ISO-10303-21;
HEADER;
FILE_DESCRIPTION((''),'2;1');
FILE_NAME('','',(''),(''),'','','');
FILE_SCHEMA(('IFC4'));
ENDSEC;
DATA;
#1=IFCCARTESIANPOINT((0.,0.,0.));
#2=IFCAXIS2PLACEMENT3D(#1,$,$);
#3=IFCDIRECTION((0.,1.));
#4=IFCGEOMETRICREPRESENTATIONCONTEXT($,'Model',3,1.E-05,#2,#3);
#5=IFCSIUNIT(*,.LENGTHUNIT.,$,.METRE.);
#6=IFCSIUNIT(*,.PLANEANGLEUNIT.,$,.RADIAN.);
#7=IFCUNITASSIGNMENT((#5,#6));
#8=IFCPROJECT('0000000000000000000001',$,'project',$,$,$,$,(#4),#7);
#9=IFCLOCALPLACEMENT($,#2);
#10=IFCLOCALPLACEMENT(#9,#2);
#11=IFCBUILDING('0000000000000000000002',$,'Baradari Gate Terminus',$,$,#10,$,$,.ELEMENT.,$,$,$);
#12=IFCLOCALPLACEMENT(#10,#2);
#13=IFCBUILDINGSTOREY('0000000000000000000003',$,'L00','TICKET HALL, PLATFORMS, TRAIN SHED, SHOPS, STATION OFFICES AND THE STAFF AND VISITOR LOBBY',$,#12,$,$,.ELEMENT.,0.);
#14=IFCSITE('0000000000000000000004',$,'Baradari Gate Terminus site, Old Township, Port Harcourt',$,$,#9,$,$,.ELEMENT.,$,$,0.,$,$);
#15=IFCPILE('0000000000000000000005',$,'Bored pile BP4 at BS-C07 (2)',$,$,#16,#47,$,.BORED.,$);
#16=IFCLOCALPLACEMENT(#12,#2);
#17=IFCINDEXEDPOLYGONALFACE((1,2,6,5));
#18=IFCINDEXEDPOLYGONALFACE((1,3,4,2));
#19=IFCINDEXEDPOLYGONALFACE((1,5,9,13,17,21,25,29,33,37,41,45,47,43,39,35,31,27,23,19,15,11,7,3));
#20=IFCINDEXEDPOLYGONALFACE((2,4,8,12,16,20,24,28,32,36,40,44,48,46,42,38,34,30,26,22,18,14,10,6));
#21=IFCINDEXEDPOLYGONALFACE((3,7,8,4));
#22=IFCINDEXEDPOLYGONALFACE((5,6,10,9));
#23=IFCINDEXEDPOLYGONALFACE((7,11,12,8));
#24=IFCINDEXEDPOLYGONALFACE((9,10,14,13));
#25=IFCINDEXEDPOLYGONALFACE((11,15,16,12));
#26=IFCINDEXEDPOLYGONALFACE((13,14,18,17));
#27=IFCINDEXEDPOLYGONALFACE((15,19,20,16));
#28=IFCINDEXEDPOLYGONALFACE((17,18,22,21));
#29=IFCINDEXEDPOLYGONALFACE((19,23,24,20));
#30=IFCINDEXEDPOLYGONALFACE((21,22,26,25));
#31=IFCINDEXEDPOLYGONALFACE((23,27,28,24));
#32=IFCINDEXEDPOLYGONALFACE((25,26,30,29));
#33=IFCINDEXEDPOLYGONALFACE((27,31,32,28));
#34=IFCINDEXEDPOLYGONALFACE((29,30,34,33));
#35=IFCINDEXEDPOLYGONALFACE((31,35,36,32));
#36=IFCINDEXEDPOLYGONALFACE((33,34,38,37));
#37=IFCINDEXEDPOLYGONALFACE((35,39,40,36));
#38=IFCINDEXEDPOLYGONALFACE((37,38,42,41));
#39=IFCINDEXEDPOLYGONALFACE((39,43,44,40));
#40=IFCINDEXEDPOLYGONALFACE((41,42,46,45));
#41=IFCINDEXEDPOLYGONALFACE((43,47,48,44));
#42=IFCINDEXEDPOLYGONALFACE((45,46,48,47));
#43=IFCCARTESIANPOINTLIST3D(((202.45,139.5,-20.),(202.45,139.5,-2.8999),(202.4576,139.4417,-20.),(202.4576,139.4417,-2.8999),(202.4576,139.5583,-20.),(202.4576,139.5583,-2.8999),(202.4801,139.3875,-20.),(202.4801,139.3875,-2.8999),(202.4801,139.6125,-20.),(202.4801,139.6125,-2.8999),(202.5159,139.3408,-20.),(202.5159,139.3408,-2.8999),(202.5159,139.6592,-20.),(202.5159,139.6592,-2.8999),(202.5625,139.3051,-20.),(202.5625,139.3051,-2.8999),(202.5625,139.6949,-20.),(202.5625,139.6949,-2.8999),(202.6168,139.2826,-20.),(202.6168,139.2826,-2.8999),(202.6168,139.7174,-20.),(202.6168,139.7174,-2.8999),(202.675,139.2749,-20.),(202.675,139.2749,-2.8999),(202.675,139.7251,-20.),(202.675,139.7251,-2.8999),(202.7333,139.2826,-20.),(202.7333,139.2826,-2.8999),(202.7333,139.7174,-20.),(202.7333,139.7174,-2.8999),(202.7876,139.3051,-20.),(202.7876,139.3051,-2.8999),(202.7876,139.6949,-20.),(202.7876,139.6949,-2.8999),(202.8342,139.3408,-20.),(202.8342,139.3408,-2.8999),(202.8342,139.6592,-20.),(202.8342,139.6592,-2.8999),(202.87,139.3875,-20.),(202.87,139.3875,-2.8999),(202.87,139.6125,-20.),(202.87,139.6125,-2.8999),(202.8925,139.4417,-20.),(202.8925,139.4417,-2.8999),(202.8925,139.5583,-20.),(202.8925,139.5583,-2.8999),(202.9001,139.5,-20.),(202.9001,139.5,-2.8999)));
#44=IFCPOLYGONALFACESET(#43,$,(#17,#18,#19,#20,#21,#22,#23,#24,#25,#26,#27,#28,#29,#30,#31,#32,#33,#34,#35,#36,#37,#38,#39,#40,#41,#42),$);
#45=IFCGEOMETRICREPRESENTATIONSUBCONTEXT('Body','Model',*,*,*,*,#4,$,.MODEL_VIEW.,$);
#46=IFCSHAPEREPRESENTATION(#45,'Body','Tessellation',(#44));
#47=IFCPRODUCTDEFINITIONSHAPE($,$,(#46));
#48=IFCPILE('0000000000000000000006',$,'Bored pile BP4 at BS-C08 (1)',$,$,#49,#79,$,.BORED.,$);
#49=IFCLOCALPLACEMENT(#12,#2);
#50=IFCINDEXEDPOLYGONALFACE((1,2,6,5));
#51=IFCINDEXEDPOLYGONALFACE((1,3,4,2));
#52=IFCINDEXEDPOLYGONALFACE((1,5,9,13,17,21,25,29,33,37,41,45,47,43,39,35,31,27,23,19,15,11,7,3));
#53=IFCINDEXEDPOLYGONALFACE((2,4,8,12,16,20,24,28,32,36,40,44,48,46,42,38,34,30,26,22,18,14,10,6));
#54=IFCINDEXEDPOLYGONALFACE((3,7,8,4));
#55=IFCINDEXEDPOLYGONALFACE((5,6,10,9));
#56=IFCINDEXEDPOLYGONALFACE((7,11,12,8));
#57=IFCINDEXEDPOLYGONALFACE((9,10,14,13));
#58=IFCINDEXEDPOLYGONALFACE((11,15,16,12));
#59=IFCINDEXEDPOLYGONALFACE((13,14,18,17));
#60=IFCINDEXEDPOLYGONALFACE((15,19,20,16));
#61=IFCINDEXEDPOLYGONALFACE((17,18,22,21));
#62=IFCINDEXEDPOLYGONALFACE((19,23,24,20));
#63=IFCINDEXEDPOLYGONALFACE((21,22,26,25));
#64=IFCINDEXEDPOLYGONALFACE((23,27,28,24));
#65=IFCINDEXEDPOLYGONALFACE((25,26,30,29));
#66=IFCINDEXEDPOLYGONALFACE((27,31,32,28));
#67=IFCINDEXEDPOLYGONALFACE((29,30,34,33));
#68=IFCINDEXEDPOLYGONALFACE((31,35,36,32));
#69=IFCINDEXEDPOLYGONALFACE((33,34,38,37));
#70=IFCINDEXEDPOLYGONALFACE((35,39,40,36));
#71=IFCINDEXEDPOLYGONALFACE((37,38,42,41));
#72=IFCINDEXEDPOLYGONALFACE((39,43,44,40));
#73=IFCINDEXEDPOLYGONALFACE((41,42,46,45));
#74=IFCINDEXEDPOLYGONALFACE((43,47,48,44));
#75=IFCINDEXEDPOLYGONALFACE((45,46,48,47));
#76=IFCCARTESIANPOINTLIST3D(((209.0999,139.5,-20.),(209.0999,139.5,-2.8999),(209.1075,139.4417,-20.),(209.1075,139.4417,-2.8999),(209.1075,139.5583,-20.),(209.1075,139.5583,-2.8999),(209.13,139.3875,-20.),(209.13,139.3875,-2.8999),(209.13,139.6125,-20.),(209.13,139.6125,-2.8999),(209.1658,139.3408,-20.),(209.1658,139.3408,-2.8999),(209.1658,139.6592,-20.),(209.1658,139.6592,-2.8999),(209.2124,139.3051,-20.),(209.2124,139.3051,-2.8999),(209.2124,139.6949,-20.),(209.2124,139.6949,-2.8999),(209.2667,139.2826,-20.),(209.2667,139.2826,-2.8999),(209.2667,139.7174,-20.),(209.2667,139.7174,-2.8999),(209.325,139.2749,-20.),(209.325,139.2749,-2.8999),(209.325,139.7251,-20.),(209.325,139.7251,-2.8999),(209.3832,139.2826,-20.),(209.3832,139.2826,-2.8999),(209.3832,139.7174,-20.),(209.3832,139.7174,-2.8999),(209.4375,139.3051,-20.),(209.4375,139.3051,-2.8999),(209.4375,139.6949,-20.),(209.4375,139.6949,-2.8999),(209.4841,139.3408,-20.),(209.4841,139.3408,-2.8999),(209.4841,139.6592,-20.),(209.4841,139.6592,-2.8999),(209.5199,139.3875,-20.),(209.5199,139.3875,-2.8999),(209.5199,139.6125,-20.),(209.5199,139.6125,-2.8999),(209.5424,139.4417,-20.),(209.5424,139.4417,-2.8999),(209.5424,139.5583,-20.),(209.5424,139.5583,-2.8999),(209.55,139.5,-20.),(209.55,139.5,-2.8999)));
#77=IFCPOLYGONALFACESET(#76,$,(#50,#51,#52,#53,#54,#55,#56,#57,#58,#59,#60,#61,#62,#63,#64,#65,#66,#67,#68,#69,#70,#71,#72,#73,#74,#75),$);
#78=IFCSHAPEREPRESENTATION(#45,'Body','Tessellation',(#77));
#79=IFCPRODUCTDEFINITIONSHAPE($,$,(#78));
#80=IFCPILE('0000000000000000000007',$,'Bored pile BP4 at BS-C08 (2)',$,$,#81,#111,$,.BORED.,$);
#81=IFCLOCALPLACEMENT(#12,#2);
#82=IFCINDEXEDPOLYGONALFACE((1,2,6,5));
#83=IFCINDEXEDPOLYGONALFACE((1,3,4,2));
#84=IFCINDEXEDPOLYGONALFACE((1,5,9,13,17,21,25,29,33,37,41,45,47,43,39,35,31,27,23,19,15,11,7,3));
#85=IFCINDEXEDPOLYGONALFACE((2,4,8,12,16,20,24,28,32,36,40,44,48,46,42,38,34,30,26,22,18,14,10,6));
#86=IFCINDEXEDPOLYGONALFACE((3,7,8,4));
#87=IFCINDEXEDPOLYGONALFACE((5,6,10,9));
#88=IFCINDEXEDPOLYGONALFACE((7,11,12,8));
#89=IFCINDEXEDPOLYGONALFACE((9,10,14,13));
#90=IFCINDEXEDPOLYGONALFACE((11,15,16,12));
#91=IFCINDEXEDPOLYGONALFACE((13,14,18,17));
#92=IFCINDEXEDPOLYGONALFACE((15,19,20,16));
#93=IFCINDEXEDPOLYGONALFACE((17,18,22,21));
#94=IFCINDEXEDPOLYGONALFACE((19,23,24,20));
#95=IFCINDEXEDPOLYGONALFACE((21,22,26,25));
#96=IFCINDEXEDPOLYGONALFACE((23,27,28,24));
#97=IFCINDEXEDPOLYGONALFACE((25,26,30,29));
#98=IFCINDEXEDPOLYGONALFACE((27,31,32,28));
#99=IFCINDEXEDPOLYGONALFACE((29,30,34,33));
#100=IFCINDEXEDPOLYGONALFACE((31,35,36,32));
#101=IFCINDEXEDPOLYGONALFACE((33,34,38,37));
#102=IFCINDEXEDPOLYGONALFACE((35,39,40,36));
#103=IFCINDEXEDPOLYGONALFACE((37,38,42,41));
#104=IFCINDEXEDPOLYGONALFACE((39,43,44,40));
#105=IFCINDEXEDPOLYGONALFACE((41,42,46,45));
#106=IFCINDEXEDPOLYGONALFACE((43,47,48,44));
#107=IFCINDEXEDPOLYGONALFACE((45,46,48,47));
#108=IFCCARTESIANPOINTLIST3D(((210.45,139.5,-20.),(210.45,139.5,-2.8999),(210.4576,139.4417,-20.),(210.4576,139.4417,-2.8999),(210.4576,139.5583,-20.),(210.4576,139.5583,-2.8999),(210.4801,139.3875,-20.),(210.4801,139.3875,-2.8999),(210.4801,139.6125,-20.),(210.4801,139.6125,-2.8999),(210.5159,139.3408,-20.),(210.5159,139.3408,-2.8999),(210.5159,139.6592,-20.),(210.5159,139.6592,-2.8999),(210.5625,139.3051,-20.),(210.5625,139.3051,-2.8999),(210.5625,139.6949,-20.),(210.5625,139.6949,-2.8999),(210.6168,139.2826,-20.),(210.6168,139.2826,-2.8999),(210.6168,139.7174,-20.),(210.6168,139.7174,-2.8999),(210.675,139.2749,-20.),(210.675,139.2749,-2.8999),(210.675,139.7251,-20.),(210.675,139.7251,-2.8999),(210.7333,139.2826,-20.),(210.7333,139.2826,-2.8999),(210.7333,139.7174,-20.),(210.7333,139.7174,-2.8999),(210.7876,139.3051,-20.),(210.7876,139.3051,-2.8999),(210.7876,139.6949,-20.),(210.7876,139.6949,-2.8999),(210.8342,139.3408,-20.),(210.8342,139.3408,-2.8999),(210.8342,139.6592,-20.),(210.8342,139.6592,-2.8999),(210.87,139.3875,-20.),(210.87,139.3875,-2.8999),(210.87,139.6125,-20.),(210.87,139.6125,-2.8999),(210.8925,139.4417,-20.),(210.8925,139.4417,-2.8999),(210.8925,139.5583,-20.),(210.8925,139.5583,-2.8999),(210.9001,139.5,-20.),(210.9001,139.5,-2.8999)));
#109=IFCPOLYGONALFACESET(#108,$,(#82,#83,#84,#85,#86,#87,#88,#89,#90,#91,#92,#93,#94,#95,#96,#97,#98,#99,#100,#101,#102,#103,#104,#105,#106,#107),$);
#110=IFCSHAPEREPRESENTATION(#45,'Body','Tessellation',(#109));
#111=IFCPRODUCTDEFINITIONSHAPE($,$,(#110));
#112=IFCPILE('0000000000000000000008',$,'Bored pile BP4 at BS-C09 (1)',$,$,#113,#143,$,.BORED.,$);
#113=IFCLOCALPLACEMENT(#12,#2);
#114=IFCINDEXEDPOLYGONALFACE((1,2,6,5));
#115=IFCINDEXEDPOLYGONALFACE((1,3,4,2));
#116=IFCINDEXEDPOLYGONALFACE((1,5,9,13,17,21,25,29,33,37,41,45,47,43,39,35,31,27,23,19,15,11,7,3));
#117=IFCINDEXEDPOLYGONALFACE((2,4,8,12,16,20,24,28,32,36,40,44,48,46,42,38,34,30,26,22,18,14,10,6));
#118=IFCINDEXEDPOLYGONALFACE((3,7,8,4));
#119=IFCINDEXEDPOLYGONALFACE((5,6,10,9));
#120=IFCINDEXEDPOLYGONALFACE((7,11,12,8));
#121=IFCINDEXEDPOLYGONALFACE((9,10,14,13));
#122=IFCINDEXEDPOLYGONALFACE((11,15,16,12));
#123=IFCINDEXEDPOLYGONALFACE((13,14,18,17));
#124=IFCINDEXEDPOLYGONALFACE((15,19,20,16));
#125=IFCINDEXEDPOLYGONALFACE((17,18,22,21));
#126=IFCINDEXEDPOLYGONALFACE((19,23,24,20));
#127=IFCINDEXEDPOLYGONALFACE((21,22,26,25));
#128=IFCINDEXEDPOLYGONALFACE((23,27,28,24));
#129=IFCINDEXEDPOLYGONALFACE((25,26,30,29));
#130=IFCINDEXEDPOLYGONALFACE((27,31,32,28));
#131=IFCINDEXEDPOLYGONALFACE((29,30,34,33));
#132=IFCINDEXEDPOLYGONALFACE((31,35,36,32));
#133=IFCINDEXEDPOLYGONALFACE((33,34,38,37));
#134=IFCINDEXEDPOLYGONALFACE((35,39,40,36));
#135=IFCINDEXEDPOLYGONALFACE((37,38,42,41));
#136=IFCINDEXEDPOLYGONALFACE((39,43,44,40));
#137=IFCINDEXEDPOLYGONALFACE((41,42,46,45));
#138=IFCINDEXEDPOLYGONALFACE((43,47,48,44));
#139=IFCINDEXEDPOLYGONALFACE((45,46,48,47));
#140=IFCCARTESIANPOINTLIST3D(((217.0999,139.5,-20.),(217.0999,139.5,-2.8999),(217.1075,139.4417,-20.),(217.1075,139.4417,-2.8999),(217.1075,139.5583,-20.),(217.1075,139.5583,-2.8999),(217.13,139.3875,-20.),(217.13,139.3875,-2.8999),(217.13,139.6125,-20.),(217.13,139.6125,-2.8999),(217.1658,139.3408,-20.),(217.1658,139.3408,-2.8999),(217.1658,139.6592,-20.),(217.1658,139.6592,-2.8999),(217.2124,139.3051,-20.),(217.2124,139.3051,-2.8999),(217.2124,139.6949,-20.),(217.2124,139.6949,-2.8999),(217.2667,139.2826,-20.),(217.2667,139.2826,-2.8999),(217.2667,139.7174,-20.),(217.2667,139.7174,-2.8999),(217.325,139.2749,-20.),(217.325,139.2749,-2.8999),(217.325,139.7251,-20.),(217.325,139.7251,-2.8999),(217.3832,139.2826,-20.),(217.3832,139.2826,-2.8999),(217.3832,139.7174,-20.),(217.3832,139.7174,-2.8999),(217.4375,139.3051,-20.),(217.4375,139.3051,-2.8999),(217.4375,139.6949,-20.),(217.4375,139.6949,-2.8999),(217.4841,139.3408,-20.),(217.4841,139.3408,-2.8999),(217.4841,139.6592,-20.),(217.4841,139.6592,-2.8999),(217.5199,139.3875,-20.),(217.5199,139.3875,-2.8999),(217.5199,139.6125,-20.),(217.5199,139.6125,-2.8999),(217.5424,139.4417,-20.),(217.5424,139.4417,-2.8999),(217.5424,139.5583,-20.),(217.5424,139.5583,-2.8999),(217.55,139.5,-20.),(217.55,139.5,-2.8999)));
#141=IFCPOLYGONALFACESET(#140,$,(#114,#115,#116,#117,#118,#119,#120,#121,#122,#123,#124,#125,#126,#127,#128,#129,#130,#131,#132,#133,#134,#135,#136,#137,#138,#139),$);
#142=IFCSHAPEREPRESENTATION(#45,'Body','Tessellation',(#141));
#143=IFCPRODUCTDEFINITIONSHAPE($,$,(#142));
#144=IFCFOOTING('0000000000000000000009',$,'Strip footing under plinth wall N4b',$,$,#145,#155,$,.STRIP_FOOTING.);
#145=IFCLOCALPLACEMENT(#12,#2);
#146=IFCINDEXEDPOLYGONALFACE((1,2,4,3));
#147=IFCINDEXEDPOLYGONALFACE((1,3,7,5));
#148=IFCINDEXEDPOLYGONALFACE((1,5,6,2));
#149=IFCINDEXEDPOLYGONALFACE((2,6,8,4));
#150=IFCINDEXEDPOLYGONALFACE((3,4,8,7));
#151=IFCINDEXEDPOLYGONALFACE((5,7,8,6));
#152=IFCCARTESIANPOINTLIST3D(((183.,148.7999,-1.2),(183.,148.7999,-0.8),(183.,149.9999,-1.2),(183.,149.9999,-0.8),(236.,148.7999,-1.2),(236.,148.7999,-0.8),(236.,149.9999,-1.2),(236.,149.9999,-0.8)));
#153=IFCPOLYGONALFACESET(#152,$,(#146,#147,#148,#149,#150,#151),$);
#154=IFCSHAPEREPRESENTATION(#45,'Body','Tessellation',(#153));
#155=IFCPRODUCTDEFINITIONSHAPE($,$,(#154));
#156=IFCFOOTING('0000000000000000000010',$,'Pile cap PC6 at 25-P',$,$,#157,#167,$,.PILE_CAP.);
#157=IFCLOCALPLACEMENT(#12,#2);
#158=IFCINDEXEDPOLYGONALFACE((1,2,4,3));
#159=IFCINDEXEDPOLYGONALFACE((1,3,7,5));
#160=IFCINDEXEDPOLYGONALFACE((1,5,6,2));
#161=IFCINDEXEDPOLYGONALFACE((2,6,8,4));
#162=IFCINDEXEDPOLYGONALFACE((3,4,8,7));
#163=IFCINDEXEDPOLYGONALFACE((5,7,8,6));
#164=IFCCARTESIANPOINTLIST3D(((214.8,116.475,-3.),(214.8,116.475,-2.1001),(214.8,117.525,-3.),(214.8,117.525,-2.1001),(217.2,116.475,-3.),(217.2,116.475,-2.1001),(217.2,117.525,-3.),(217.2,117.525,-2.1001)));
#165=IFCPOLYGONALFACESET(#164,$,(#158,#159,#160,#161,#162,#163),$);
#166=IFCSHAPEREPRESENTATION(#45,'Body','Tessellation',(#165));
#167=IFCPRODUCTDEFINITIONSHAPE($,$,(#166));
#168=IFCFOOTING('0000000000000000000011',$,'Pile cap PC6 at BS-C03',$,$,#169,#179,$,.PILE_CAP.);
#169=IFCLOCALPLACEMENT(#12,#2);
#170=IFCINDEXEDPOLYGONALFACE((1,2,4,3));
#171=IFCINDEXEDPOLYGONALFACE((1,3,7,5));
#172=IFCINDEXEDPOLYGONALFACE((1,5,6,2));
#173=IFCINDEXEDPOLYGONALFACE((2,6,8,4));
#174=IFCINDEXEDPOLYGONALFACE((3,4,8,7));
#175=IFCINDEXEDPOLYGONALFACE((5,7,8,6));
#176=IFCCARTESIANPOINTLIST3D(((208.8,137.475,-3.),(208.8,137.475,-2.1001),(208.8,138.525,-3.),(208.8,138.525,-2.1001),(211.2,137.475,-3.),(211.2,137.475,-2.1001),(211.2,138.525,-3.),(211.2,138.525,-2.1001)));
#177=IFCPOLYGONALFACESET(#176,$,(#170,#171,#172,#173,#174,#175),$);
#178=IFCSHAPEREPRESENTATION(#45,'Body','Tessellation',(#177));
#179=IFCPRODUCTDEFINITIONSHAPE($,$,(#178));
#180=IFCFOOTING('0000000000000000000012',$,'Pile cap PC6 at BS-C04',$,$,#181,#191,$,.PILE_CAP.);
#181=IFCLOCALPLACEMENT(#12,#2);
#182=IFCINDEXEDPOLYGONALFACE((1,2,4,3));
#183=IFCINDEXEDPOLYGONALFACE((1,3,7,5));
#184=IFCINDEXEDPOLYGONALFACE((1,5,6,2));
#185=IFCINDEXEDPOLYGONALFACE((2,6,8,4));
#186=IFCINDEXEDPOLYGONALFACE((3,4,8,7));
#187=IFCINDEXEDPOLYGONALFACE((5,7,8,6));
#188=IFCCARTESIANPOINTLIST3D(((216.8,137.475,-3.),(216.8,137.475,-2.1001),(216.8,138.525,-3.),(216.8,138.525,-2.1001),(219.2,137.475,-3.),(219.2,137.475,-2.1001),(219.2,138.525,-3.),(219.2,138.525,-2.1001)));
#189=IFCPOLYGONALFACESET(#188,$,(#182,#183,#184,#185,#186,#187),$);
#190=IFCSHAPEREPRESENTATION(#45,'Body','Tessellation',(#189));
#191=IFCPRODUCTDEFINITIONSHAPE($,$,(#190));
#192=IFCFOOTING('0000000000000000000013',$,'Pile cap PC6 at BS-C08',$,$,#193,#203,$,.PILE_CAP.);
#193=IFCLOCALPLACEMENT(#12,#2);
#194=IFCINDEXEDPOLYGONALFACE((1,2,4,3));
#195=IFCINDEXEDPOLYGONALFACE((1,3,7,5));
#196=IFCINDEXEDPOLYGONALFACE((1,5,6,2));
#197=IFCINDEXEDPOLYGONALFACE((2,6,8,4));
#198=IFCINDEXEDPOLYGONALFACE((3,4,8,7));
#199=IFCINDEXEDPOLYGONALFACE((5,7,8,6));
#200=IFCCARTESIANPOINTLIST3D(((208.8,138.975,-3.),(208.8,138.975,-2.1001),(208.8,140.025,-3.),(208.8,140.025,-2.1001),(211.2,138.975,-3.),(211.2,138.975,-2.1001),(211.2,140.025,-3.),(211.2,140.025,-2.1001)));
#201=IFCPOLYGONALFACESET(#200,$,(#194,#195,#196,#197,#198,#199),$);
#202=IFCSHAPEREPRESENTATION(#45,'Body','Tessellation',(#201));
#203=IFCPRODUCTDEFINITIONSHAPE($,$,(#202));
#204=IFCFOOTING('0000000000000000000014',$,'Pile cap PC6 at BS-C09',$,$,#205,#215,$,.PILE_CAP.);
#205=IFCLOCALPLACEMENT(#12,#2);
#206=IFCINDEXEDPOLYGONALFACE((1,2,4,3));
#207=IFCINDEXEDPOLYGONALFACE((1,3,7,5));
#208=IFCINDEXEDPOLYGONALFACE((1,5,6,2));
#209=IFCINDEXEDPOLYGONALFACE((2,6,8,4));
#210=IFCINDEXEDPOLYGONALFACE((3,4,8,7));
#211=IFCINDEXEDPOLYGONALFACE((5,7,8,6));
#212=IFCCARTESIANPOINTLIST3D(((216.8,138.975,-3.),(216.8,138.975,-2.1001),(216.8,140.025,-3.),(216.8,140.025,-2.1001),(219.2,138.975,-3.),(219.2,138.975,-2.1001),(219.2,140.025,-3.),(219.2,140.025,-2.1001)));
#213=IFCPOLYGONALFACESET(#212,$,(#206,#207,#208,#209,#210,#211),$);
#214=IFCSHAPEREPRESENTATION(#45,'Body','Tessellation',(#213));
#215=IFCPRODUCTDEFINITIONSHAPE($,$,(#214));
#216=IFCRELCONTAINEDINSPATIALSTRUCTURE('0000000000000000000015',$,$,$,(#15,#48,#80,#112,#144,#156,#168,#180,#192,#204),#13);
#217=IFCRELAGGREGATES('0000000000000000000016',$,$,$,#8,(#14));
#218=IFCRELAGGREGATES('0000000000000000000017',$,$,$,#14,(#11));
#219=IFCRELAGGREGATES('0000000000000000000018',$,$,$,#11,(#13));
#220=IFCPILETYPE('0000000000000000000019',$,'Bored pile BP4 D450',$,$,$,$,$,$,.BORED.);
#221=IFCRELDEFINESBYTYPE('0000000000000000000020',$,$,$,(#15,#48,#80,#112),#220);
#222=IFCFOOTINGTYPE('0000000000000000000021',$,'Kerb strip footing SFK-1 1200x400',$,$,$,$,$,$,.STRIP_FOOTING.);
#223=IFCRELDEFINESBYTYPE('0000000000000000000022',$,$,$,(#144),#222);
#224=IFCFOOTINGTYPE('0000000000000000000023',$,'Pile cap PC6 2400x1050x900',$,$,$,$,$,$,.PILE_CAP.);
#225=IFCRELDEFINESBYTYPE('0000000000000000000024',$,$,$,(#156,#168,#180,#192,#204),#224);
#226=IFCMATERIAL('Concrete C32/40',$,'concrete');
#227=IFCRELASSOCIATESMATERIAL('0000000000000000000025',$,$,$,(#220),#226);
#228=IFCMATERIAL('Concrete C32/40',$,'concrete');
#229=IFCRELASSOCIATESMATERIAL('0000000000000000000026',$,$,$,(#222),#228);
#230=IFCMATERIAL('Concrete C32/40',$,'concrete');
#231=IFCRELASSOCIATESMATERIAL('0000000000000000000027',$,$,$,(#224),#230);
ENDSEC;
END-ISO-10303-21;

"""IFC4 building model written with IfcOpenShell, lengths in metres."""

from ifc_helpers import new_model, si_unit, direction, frame, origin, origin_2d, place, context, subcontext, project, spatial, rectangle, circle, extrude, material, type_object, element, save


model = new_model("IFC4")

# Units and contexts
model_context = context("Model", 3, precision=1e-05, world=origin(), true_north=direction((0.0, 1.0)))
body_context = subcontext(model_context, "Body", "Model", "MODEL_VIEW")
ifc_project = project(units=[si_unit("LENGTHUNIT", "METRE"), si_unit("PLANEANGLEUNIT", "RADIAN")], contexts=[model_context])

# Site, building, storey
site_placement = place(None, origin())
site = spatial("IfcSite", under=ifc_project, at=site_placement, Name="Baradari Gate Terminus site, Old Township, Port Harcourt", CompositionType="ELEMENT", RefElevation=0.0)
building_placement = place(site_placement, origin())
building = spatial("IfcBuilding", under=site, at=building_placement, Name="Baradari Gate Terminus", CompositionType="ELEMENT")
storey_placement = place(building_placement, origin())
storey = spatial("IfcBuildingStorey", under=building, at=storey_placement, Name="L00", Description="TICKET HALL, PLATFORMS, TRAIN SHED, SHOPS, STATION OFFICES AND THE STAFF AND VISITOR LOBBY", CompositionType="ELEMENT", Elevation=0.0)

# Piles
ifc_material_1 = material(Name="Concrete C32/40", Category="concrete")
pile_type = type_object("IfcPileType", Name="Bored pile BP4 D450", PredefinedType="BORED", material=ifc_material_1)
for number, where, z_axis, x_axis, name in (
    (1, (202.675, 139.5, -2.8999), (0.0, 0.0, -1.0), (1.0, 0.0, 0.0), "Bored pile BP4 at BS-C07 (2)"),
    (2, (209.325, 139.5, -2.8999), (0.0, 0.0, -1.0), (1.0, 0.0, 0.0), "Bored pile BP4 at BS-C08 (1)"),
    (3, (210.675, 139.5, -2.8999), (0.0, 0.0, -1.0), (1.0, 0.0, 0.0), "Bored pile BP4 at BS-C08 (2)"),
    (4, (217.325, 139.5, -2.8999), (0.0, 0.0, -1.0), (1.0, 0.0, 0.0), "Bored pile BP4 at BS-C09 (1)"),
):
    element("IfcPile", number, at=place(storey_placement, frame(where, z_axis=z_axis, x_axis=x_axis)), inside=storey, type_object=pile_type, Name=name, PredefinedType="BORED", context=body_context, shape_type="SweptSolid", body=[
        extrude(circle(Radius=0.2251, at=origin_2d()), origin(), (0.0, 0.0, 1.0), 17.1001),
    ])

# Footings
ifc_material_2 = material(Name="Concrete C32/40", Category="concrete")
footing_type_1 = type_object("IfcFootingType", Name="Kerb strip footing SFK-1 1200x400", PredefinedType="STRIP_FOOTING", material=ifc_material_2)
footing_1_placement = place(storey_placement, frame((209.5, 149.3999, -1.2), z_axis=(0.0, 0.0, 1.0), x_axis=(1.0, 0.0, 0.0)))
element("IfcFooting", 5, at=footing_1_placement, inside=storey, type_object=footing_type_1, Name="Strip footing under plinth wall N4b", PredefinedType="STRIP_FOOTING", context=body_context, shape_type="SweptSolid", body=[
    extrude(rectangle(XDim=53.0, YDim=1.2, at=origin_2d()), origin(), (0.0, 0.0, 1.0), 0.3999),
])
ifc_material_3 = material(Name="Concrete C32/40", Category="concrete")
footing_type_2 = type_object("IfcFootingType", Name="Pile cap PC6 2400x1050x900", PredefinedType="PILE_CAP", material=ifc_material_3)
for number, where, z_axis, x_axis, name in (
    (6, (216.0, 117.0, -3.0), (0.0, 0.0, 1.0), (1.0, 0.0, 0.0), "Pile cap PC6 at 25-P"),
    (7, (210.0, 138.0, -3.0), (0.0, 0.0, 1.0), (1.0, 0.0, 0.0), "Pile cap PC6 at BS-C03"),
    (8, (218.0, 138.0, -3.0), (0.0, 0.0, 1.0), (1.0, 0.0, 0.0), "Pile cap PC6 at BS-C04"),
    (9, (210.0, 139.5, -3.0), (0.0, 0.0, 1.0), (1.0, 0.0, 0.0), "Pile cap PC6 at BS-C08"),
    (10, (218.0, 139.5, -3.0), (0.0, 0.0, 1.0), (1.0, 0.0, 0.0), "Pile cap PC6 at BS-C09"),
):
    element("IfcFooting", number, at=place(storey_placement, frame(where, z_axis=z_axis, x_axis=x_axis)), inside=storey, type_object=footing_type_2, Name=name, PredefinedType="PILE_CAP", context=body_context, shape_type="SweptSolid", body=[
        extrude(rectangle(XDim=2.3999, YDim=1.05, at=origin_2d()), origin(), (0.0, 0.0, 1.0), 0.8999),
    ])

save(model, "model.ifc")
